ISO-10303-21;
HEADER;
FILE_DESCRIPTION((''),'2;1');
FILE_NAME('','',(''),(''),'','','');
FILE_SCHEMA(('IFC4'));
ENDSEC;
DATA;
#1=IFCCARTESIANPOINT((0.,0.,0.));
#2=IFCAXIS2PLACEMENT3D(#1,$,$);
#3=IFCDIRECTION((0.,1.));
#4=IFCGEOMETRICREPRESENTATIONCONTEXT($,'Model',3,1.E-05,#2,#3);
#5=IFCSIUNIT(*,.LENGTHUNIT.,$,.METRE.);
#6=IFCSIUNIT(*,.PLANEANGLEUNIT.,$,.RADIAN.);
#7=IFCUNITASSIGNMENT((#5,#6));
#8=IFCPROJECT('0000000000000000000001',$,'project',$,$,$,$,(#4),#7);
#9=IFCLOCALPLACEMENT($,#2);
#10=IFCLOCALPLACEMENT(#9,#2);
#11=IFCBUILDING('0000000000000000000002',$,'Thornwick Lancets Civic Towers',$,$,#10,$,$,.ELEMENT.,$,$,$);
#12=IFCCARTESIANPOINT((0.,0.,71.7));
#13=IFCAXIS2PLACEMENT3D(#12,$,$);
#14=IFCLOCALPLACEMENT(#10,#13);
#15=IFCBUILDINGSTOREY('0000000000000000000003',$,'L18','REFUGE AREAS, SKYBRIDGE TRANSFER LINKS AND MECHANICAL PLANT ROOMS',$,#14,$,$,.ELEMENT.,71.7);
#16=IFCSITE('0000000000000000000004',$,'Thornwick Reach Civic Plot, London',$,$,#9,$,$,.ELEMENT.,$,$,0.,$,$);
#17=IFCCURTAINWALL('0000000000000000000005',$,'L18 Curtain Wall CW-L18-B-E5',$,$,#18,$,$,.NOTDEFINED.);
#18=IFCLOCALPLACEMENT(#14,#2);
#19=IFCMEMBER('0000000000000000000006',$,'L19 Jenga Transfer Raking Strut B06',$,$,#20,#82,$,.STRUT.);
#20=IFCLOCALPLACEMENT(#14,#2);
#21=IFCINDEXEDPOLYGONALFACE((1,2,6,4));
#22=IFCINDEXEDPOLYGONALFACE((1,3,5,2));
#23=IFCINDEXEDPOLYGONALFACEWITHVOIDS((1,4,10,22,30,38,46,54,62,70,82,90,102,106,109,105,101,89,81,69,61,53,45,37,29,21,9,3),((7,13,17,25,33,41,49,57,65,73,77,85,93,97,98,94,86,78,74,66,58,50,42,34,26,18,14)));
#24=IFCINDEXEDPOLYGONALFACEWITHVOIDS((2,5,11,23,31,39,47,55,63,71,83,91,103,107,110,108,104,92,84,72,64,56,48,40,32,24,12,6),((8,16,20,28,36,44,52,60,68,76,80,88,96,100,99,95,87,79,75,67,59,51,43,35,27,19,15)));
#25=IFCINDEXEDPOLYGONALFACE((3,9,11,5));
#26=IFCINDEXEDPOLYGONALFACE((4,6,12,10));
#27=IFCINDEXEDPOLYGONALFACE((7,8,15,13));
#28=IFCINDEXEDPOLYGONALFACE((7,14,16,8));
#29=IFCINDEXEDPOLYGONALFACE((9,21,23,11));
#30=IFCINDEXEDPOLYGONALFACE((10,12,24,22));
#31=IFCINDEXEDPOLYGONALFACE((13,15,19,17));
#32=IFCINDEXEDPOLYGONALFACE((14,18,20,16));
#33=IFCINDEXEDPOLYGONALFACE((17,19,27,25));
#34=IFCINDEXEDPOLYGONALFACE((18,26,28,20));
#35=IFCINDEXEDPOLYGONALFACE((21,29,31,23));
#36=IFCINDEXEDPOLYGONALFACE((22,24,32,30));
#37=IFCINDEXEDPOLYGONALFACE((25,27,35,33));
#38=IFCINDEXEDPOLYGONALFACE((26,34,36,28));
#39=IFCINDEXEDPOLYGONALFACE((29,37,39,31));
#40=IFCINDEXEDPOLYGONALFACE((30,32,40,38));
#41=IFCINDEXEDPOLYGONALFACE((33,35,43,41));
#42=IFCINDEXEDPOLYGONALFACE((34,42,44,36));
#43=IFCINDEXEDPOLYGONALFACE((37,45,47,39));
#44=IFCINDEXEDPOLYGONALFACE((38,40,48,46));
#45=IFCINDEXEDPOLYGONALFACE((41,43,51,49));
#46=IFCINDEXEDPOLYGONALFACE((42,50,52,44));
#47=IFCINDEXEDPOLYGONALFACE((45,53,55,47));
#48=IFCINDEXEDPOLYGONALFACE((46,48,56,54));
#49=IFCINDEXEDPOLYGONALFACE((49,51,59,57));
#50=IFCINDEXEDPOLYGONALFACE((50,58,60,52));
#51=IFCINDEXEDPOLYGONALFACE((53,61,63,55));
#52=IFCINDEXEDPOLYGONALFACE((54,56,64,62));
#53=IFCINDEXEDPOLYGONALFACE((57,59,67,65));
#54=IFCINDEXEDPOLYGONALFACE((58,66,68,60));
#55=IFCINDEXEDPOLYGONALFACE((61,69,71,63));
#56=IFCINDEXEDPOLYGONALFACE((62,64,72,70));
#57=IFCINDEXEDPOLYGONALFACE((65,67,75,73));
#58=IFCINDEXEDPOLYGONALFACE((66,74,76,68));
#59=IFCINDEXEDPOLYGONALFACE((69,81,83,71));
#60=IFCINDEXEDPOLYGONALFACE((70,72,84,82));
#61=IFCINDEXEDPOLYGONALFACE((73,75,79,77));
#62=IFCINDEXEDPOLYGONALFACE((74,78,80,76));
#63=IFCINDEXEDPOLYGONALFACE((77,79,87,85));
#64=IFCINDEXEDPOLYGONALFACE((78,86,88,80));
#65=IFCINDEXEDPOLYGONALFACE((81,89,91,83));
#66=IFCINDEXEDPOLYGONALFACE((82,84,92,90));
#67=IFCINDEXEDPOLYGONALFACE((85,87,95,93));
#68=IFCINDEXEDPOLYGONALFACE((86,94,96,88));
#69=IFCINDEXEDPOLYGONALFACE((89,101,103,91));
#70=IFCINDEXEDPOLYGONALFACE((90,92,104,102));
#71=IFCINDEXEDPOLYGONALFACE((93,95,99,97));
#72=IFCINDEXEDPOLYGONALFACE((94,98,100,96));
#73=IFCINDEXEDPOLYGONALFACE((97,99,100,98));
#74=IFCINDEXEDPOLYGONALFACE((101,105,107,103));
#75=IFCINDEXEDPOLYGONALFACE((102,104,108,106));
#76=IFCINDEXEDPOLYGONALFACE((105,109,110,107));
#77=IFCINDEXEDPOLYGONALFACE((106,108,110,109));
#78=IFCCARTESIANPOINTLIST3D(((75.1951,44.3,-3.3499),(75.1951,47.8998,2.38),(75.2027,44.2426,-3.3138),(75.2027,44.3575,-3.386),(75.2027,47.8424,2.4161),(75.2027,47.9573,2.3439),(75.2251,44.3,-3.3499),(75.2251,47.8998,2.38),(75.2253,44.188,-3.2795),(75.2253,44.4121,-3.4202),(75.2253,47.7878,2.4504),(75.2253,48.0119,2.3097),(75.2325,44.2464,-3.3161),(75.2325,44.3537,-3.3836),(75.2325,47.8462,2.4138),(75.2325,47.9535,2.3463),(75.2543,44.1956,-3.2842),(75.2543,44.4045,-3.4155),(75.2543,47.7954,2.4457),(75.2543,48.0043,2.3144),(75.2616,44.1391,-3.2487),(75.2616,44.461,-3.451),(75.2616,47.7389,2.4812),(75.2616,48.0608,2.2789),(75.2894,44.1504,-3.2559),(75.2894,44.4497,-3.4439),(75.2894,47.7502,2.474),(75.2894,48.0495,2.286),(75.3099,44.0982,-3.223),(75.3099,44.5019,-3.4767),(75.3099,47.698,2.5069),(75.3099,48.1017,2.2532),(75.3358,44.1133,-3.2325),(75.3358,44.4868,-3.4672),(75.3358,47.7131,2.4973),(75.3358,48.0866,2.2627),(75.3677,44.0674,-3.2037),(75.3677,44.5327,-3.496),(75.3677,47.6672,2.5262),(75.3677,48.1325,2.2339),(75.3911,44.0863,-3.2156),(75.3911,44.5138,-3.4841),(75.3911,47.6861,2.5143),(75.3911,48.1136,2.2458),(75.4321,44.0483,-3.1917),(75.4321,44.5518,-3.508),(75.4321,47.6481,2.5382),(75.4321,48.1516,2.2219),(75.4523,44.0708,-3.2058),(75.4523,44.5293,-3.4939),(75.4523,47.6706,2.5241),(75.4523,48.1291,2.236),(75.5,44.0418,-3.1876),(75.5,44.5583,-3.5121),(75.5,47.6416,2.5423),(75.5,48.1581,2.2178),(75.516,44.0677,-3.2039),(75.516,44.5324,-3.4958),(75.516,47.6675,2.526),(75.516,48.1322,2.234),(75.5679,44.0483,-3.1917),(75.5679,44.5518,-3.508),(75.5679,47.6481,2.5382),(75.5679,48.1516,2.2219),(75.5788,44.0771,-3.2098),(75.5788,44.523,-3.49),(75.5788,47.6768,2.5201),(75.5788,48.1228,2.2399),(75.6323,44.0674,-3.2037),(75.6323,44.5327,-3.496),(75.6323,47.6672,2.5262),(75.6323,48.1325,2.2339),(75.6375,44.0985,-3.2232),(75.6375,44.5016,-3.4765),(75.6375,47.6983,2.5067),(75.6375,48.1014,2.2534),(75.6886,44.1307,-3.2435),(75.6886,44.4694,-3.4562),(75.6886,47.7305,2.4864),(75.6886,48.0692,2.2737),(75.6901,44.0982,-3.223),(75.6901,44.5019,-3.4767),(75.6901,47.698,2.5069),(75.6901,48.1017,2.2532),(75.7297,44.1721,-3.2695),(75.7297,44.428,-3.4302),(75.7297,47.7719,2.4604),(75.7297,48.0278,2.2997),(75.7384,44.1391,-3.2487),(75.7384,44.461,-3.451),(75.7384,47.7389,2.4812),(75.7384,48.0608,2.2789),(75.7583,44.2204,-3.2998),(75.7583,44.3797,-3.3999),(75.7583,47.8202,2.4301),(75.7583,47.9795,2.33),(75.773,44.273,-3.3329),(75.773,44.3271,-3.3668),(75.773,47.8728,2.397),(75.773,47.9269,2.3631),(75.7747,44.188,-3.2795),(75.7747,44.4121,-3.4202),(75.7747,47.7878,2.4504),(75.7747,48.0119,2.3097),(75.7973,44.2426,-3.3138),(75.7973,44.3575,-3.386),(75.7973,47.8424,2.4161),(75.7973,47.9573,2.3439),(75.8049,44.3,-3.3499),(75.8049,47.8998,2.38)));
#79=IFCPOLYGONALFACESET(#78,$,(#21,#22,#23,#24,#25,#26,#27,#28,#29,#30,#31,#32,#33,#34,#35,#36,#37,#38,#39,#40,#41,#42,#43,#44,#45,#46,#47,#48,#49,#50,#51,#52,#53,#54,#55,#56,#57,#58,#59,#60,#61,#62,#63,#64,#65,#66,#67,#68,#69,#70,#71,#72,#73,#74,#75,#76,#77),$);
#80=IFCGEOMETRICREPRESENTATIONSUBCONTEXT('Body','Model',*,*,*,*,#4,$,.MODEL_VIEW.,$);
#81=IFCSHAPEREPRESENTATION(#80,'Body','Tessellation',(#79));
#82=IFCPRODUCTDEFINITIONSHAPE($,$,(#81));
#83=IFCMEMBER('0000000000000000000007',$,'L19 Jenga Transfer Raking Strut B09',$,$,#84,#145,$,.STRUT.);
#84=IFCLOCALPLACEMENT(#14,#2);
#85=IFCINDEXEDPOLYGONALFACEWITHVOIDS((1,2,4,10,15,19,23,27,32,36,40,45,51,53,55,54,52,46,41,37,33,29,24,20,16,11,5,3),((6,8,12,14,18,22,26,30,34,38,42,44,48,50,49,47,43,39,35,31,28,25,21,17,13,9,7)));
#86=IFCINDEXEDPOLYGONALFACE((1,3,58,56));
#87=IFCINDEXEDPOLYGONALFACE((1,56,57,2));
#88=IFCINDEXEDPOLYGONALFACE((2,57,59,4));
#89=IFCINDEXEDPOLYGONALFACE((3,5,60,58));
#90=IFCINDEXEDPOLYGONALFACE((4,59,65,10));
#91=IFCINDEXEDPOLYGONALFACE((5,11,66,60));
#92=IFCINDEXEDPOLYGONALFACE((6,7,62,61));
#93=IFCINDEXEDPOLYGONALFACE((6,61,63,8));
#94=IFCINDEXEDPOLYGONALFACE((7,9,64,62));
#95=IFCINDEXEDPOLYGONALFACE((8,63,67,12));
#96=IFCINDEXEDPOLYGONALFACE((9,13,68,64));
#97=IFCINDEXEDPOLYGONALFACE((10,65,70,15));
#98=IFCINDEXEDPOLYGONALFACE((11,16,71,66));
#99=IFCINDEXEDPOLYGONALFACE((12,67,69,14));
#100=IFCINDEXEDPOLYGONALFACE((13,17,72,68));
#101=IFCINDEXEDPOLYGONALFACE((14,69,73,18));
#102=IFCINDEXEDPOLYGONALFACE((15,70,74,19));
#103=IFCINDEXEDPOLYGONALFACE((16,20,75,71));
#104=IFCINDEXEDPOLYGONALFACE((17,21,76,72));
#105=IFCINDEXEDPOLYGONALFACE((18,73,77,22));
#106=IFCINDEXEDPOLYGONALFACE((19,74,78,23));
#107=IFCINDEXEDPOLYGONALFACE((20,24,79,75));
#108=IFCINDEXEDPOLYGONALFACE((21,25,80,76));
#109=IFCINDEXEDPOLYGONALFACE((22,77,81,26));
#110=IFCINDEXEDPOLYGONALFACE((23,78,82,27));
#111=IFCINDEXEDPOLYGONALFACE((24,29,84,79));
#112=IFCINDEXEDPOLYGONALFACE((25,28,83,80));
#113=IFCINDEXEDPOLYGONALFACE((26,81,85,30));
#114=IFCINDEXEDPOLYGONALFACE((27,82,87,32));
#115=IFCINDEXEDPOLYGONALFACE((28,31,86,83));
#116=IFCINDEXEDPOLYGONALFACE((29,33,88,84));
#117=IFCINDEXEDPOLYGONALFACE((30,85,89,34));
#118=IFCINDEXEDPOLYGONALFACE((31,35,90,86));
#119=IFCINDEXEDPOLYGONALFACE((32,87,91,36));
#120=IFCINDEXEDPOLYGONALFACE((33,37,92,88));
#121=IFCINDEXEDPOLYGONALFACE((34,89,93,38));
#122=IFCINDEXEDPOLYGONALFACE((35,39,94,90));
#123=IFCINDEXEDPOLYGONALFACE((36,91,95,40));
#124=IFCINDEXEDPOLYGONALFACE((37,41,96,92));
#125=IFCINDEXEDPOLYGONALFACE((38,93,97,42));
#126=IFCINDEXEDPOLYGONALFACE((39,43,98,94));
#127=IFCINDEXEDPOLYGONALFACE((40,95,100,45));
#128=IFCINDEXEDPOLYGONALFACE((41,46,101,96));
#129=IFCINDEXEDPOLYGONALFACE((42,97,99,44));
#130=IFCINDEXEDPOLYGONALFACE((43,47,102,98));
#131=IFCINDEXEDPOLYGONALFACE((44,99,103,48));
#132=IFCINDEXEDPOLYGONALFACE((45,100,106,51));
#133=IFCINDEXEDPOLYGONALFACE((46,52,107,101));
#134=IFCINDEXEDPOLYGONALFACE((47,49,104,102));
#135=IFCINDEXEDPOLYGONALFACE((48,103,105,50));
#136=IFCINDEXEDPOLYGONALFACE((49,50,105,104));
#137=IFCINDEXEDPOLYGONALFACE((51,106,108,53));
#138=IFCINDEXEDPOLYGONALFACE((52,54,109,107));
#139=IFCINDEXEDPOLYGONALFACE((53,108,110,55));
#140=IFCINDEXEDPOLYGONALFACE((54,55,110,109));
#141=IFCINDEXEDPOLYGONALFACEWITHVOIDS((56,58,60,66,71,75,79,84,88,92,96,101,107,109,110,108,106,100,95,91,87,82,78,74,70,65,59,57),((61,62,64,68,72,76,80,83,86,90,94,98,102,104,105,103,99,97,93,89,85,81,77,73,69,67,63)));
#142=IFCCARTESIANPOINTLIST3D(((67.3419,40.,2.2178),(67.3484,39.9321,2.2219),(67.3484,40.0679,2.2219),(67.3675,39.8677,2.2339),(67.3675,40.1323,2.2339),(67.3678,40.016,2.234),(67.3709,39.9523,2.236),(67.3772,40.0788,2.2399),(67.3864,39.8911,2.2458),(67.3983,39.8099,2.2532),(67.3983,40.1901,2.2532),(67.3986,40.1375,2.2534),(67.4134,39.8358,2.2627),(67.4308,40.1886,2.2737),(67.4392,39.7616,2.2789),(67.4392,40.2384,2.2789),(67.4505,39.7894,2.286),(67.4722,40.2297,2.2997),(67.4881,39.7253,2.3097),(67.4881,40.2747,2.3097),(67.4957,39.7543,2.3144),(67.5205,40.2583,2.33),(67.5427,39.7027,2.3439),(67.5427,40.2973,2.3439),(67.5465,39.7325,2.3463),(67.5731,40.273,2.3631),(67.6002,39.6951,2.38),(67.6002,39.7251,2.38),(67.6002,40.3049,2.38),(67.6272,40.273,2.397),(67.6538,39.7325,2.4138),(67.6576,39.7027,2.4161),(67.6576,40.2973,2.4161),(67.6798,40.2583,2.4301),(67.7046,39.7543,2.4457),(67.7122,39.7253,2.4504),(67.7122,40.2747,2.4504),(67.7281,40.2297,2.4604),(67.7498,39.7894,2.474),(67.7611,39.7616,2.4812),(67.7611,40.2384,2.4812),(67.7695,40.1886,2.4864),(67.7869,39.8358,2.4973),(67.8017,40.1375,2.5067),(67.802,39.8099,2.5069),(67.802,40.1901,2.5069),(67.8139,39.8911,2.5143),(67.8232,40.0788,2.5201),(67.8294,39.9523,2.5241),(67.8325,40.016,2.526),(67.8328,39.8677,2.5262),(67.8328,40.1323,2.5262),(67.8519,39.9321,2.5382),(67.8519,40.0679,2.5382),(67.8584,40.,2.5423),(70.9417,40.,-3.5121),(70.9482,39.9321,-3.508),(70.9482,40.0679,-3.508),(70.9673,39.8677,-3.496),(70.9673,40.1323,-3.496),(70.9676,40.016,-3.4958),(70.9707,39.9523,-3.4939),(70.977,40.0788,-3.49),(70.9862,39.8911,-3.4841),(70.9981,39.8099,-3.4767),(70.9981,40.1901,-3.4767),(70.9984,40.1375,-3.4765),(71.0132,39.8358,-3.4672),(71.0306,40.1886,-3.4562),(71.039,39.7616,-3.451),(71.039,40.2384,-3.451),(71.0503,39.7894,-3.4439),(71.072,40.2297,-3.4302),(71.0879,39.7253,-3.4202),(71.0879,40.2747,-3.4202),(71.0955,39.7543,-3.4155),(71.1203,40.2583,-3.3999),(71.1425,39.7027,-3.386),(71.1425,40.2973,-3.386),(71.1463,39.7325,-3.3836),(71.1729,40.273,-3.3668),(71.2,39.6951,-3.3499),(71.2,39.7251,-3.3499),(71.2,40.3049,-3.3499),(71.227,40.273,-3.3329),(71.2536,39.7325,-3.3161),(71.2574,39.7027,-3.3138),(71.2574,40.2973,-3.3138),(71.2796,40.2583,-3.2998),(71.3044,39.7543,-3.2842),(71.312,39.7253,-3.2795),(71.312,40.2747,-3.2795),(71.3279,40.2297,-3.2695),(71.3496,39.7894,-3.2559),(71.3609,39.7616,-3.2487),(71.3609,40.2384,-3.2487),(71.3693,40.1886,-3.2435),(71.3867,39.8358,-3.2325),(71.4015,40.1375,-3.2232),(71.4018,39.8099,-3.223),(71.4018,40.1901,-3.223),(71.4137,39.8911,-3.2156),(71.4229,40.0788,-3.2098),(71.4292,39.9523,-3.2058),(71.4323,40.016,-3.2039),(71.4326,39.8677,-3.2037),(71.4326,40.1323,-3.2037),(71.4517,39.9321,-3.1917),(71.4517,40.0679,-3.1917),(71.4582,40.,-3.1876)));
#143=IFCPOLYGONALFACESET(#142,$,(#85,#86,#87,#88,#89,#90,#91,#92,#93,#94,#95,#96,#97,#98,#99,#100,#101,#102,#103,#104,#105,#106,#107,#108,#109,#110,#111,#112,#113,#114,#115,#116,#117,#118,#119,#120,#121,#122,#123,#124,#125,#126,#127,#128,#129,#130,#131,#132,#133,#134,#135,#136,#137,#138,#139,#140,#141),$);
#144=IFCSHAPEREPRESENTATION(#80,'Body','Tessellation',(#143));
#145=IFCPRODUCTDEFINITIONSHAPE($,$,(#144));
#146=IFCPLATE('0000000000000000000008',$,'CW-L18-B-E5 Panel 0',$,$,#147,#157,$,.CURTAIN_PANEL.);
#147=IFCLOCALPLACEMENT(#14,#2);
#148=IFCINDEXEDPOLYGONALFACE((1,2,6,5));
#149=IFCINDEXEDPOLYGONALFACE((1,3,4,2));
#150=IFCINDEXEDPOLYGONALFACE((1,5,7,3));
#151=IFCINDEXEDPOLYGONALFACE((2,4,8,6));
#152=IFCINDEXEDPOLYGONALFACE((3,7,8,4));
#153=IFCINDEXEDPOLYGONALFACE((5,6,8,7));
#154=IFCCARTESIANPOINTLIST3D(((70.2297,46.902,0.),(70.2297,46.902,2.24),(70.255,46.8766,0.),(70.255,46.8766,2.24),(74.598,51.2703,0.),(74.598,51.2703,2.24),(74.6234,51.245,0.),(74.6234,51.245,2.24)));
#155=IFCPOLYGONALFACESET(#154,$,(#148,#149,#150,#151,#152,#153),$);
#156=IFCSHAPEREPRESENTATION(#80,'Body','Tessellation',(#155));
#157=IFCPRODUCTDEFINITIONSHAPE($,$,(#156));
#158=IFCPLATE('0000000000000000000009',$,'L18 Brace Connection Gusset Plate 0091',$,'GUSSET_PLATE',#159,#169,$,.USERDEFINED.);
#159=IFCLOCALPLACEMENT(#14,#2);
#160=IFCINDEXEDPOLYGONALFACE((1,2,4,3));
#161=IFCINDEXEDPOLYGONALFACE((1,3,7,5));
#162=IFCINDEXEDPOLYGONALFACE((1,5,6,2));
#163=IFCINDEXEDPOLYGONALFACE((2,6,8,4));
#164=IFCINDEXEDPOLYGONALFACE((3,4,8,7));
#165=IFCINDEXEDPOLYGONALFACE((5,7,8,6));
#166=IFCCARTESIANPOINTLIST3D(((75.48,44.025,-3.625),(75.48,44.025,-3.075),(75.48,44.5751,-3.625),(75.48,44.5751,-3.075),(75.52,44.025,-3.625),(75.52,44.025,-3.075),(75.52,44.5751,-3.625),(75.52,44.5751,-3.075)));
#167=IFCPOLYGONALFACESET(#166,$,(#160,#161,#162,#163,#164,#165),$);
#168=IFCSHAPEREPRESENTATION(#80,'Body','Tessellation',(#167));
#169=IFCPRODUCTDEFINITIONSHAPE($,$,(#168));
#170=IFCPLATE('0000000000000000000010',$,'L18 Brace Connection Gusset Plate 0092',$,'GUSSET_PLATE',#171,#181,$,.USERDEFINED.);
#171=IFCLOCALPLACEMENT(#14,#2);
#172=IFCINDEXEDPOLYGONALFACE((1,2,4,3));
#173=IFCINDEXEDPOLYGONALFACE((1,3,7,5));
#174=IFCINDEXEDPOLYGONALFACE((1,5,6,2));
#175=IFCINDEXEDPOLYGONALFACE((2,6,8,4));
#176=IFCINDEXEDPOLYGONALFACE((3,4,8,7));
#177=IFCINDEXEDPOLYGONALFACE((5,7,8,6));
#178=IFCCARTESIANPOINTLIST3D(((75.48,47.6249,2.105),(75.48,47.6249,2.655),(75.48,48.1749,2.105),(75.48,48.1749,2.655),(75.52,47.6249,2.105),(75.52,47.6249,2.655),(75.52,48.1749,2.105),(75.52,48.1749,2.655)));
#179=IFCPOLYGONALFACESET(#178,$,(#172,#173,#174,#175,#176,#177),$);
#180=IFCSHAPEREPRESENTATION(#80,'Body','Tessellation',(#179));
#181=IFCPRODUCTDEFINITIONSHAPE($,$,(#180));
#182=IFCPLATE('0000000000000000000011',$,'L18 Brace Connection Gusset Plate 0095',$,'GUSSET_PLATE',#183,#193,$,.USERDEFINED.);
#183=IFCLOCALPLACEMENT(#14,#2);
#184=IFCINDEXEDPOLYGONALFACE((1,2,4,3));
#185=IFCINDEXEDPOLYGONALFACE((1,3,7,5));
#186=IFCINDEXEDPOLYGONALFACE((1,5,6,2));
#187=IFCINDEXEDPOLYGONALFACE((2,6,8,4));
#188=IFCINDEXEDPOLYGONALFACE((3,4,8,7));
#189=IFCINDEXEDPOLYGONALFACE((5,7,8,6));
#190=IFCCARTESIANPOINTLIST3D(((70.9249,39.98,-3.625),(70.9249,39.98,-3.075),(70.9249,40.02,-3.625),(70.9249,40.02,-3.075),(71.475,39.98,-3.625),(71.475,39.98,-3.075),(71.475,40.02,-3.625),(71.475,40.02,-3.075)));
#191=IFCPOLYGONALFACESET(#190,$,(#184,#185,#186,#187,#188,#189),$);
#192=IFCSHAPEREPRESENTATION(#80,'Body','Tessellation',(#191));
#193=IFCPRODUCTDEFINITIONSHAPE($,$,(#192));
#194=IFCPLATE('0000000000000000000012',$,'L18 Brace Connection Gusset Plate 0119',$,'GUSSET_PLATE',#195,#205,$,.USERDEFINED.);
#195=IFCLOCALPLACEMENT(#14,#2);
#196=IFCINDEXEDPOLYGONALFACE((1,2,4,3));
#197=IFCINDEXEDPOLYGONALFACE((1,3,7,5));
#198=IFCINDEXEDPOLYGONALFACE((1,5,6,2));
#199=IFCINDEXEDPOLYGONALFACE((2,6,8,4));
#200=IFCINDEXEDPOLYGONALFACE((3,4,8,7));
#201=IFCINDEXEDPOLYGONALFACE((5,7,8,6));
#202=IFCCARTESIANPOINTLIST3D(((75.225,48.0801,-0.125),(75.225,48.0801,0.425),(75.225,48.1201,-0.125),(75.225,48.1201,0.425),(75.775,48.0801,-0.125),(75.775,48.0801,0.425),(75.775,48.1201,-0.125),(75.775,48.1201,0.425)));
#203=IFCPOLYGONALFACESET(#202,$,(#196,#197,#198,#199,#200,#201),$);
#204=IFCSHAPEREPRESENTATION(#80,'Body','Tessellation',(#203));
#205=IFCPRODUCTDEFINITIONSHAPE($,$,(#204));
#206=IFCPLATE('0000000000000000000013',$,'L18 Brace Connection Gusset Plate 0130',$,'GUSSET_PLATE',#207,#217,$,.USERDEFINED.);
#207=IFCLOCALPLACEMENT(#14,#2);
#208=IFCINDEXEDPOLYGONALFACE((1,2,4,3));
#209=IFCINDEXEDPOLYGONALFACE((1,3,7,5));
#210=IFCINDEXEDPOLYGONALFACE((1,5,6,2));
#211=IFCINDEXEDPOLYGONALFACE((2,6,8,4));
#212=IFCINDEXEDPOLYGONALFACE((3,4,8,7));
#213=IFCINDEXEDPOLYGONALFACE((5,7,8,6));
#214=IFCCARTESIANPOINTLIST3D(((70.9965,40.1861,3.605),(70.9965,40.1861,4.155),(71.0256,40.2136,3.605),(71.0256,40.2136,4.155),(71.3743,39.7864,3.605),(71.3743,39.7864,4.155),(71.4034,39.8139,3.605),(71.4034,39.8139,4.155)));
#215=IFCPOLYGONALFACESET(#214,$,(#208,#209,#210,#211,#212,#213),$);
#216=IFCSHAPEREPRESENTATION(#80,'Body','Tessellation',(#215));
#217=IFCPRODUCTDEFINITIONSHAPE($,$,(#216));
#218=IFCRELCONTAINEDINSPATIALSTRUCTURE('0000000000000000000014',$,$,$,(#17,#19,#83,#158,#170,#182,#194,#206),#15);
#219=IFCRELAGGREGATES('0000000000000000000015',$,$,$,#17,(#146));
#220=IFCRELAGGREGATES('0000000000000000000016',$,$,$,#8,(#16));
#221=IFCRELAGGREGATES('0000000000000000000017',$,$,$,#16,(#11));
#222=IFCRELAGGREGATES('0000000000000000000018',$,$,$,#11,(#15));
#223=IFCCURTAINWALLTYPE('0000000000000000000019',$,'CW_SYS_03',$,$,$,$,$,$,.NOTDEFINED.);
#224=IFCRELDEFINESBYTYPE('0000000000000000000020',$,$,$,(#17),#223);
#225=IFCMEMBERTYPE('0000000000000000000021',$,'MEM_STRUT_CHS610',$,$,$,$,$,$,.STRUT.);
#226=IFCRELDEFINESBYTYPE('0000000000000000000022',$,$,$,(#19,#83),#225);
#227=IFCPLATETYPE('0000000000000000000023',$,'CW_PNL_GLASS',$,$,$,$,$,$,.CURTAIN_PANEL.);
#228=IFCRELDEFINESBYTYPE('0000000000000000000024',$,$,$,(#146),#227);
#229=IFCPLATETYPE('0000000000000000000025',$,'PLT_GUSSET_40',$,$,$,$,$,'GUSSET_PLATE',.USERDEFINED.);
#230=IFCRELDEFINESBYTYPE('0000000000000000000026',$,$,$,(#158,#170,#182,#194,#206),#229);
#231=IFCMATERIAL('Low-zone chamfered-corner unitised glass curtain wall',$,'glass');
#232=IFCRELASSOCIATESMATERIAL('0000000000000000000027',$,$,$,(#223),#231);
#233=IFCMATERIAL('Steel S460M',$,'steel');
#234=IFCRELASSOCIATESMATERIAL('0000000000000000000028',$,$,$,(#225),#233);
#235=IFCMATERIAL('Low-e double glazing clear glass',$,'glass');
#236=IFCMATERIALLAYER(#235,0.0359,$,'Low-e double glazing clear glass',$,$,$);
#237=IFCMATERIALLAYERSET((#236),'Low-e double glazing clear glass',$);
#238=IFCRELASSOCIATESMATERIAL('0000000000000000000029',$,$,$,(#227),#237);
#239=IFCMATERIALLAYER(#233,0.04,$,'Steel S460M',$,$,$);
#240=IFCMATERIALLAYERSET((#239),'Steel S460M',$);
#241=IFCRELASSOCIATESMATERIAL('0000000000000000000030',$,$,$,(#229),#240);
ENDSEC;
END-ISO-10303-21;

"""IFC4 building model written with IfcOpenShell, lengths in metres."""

from ifc_helpers import new_model, si_unit, direction, frame, origin, origin_2d, place, context, subcontext, project, spatial, rectangle, hollow_circle, extrude, material, layer, layer_set, material_profile, profile_set, type_object, element, aggregate, save


model = new_model("IFC4")

# Units and contexts
model_context = context("Model", 3, precision=1e-05, world=origin(), true_north=direction((0.0, 1.0)))
body_context = subcontext(model_context, "Body", "Model", "MODEL_VIEW")
ifc_project = project(units=[si_unit("LENGTHUNIT", "METRE"), si_unit("PLANEANGLEUNIT", "RADIAN")], contexts=[model_context])

# Site, building, storey
site_placement = place(None, origin())
site = spatial("IfcSite", under=ifc_project, at=site_placement, Name="Thornwick Reach Civic Plot, London", CompositionType="ELEMENT", RefElevation=0.0)
building_placement = place(site_placement, origin())
building = spatial("IfcBuilding", under=site, at=building_placement, Name="Thornwick Lancets Civic Towers", CompositionType="ELEMENT")
storey_placement = place(building_placement, frame((0.0, 0.0, 71.7)))
storey = spatial("IfcBuildingStorey", under=building, at=storey_placement, Name="L18", Description="REFUGE AREAS, SKYBRIDGE TRANSFER LINKS AND MECHANICAL PLANT ROOMS", CompositionType="ELEMENT", Elevation=71.7)

# Shared definitions
ifc_material_1 = material(Name="Steel S460M", Category="steel")

# Curtain wall
ifc_material_2 = material(Name="Low-zone chamfered-corner unitised glass curtain wall", Category="glass")
curtain_wall_type = type_object("IfcCurtainWallType", Name="CW_SYS_03", PredefinedType="NOTDEFINED", material=ifc_material_2)
curtain_wall_placement = place(storey_placement, origin())
curtain_wall = element("IfcCurtainWall", 1, at=curtain_wall_placement, inside=storey, type_object=curtain_wall_type, Name="L18 Curtain Wall CW-L18-B-E5", PredefinedType="NOTDEFINED")

# Members
ifc_material_profile_1 = material_profile(ifc_material_1, hollow_circle(Radius=0.3049, WallThickness=0.03, at=origin_2d()), Name="CHS 610x30")
ifc_profile_set_1 = profile_set([ifc_material_profile_1], Name="Steel S460M")
member_type_1 = type_object("IfcMemberType", Name="MEM_STRUT_CHS610", PredefinedType="STRUT", material=ifc_profile_set_1)
for number, where, z_axis, x_axis, name in (
    (2, (75.5, 44.3, -3.3499), (0.0, 0.531976, 0.84676), (-1.0, 0.0, 0.0), "L19 Jenga Transfer Raking Strut B06"),
    (3, (71.2, 40.0, -3.3499), (-0.531976, 0.0, 0.84676), (0.0, -1.0, 0.0), "L19 Jenga Transfer Raking Strut B09"),
):
    element("IfcMember", number, at=place(storey_placement, frame(where, z_axis=z_axis, x_axis=x_axis)), inside=storey, type_object=member_type_1, Name=name, PredefinedType="STRUT", context=body_context, shape_type="SweptSolid", body=[
        extrude(hollow_circle(Radius=0.3049, WallThickness=0.03, at=origin_2d()), origin(), (0.0, 0.0, 1.0), 6.7668),
    ])

# Plate
ifc_material_3 = material(Name="Low-e double glazing clear glass", Category="glass")
ifc_layer_1 = layer(ifc_material_3, 0.0359, Name="Low-e double glazing clear glass")
ifc_layer_set_1 = layer_set([ifc_layer_1], Name="Low-e double glazing clear glass")
plate_type_1 = type_object("IfcPlateType", Name="CW_PNL_GLASS", PredefinedType="CURTAIN_PANEL", material=ifc_layer_set_1)
plate_placement = place(storey_placement, frame((72.4265, 49.0735, 0.0), z_axis=(0.0, 0.0, 1.0), x_axis=(-0.707107, -0.707107, 0.0)))
plate = element("IfcPlate", 4, at=plate_placement, type_object=plate_type_1, Name="CW-L18-B-E5 Panel 0", PredefinedType="CURTAIN_PANEL", context=body_context, shape_type="SweptSolid", body=[
    extrude(rectangle(XDim=6.1777, YDim=0.0359, at=origin_2d()), origin(), (0.0, 0.0, 1.0), 2.24),
])
aggregate(curtain_wall, [plate])

# Plates
ifc_layer_2 = layer(ifc_material_1, 0.04, Name="Steel S460M")
ifc_layer_set_2 = layer_set([ifc_layer_2], Name="Steel S460M")
plate_type_2 = type_object("IfcPlateType", Name="PLT_GUSSET_40", ElementType="GUSSET_PLATE", PredefinedType="USERDEFINED", material=ifc_layer_set_2)
for number, where, z_axis, x_axis, name in (
    (5, (75.5, 44.3, -3.625), (0.0, 0.0, 1.0), (0.0, 1.0, 0.0), "L18 Brace Connection Gusset Plate 0091"),
    (6, (75.5, 47.8999, 2.105), (0.0, 0.0, 1.0), (0.0, 1.0, 0.0), "L18 Brace Connection Gusset Plate 0092"),
    (7, (71.2, 40.0, -3.625), (0.0, 0.0, 1.0), (-1.0, 0.0, 0.0), "L18 Brace Connection Gusset Plate 0095"),
    (8, (75.5, 48.1001, -0.125), (0.0, 0.0, 1.0), (1.0, 0.0, 0.0), "L18 Brace Connection Gusset Plate 0119"),
    (9, (71.2, 40.0, 3.605), (0.0, 0.0, 1.0), (-0.686961, 0.726695, 0.0), "L18 Brace Connection Gusset Plate 0130"),
):
    element("IfcPlate", number, at=place(storey_placement, frame(where, z_axis=z_axis, x_axis=x_axis)), inside=storey, type_object=plate_type_2, Name=name, ObjectType="GUSSET_PLATE", PredefinedType="USERDEFINED", context=body_context, shape_type="SweptSolid", body=[
        extrude(rectangle(XDim=0.55, YDim=0.04, at=origin_2d()), origin(), (0.0, 0.0, 1.0), 0.55),
    ])

save(model, "model.ifc")
